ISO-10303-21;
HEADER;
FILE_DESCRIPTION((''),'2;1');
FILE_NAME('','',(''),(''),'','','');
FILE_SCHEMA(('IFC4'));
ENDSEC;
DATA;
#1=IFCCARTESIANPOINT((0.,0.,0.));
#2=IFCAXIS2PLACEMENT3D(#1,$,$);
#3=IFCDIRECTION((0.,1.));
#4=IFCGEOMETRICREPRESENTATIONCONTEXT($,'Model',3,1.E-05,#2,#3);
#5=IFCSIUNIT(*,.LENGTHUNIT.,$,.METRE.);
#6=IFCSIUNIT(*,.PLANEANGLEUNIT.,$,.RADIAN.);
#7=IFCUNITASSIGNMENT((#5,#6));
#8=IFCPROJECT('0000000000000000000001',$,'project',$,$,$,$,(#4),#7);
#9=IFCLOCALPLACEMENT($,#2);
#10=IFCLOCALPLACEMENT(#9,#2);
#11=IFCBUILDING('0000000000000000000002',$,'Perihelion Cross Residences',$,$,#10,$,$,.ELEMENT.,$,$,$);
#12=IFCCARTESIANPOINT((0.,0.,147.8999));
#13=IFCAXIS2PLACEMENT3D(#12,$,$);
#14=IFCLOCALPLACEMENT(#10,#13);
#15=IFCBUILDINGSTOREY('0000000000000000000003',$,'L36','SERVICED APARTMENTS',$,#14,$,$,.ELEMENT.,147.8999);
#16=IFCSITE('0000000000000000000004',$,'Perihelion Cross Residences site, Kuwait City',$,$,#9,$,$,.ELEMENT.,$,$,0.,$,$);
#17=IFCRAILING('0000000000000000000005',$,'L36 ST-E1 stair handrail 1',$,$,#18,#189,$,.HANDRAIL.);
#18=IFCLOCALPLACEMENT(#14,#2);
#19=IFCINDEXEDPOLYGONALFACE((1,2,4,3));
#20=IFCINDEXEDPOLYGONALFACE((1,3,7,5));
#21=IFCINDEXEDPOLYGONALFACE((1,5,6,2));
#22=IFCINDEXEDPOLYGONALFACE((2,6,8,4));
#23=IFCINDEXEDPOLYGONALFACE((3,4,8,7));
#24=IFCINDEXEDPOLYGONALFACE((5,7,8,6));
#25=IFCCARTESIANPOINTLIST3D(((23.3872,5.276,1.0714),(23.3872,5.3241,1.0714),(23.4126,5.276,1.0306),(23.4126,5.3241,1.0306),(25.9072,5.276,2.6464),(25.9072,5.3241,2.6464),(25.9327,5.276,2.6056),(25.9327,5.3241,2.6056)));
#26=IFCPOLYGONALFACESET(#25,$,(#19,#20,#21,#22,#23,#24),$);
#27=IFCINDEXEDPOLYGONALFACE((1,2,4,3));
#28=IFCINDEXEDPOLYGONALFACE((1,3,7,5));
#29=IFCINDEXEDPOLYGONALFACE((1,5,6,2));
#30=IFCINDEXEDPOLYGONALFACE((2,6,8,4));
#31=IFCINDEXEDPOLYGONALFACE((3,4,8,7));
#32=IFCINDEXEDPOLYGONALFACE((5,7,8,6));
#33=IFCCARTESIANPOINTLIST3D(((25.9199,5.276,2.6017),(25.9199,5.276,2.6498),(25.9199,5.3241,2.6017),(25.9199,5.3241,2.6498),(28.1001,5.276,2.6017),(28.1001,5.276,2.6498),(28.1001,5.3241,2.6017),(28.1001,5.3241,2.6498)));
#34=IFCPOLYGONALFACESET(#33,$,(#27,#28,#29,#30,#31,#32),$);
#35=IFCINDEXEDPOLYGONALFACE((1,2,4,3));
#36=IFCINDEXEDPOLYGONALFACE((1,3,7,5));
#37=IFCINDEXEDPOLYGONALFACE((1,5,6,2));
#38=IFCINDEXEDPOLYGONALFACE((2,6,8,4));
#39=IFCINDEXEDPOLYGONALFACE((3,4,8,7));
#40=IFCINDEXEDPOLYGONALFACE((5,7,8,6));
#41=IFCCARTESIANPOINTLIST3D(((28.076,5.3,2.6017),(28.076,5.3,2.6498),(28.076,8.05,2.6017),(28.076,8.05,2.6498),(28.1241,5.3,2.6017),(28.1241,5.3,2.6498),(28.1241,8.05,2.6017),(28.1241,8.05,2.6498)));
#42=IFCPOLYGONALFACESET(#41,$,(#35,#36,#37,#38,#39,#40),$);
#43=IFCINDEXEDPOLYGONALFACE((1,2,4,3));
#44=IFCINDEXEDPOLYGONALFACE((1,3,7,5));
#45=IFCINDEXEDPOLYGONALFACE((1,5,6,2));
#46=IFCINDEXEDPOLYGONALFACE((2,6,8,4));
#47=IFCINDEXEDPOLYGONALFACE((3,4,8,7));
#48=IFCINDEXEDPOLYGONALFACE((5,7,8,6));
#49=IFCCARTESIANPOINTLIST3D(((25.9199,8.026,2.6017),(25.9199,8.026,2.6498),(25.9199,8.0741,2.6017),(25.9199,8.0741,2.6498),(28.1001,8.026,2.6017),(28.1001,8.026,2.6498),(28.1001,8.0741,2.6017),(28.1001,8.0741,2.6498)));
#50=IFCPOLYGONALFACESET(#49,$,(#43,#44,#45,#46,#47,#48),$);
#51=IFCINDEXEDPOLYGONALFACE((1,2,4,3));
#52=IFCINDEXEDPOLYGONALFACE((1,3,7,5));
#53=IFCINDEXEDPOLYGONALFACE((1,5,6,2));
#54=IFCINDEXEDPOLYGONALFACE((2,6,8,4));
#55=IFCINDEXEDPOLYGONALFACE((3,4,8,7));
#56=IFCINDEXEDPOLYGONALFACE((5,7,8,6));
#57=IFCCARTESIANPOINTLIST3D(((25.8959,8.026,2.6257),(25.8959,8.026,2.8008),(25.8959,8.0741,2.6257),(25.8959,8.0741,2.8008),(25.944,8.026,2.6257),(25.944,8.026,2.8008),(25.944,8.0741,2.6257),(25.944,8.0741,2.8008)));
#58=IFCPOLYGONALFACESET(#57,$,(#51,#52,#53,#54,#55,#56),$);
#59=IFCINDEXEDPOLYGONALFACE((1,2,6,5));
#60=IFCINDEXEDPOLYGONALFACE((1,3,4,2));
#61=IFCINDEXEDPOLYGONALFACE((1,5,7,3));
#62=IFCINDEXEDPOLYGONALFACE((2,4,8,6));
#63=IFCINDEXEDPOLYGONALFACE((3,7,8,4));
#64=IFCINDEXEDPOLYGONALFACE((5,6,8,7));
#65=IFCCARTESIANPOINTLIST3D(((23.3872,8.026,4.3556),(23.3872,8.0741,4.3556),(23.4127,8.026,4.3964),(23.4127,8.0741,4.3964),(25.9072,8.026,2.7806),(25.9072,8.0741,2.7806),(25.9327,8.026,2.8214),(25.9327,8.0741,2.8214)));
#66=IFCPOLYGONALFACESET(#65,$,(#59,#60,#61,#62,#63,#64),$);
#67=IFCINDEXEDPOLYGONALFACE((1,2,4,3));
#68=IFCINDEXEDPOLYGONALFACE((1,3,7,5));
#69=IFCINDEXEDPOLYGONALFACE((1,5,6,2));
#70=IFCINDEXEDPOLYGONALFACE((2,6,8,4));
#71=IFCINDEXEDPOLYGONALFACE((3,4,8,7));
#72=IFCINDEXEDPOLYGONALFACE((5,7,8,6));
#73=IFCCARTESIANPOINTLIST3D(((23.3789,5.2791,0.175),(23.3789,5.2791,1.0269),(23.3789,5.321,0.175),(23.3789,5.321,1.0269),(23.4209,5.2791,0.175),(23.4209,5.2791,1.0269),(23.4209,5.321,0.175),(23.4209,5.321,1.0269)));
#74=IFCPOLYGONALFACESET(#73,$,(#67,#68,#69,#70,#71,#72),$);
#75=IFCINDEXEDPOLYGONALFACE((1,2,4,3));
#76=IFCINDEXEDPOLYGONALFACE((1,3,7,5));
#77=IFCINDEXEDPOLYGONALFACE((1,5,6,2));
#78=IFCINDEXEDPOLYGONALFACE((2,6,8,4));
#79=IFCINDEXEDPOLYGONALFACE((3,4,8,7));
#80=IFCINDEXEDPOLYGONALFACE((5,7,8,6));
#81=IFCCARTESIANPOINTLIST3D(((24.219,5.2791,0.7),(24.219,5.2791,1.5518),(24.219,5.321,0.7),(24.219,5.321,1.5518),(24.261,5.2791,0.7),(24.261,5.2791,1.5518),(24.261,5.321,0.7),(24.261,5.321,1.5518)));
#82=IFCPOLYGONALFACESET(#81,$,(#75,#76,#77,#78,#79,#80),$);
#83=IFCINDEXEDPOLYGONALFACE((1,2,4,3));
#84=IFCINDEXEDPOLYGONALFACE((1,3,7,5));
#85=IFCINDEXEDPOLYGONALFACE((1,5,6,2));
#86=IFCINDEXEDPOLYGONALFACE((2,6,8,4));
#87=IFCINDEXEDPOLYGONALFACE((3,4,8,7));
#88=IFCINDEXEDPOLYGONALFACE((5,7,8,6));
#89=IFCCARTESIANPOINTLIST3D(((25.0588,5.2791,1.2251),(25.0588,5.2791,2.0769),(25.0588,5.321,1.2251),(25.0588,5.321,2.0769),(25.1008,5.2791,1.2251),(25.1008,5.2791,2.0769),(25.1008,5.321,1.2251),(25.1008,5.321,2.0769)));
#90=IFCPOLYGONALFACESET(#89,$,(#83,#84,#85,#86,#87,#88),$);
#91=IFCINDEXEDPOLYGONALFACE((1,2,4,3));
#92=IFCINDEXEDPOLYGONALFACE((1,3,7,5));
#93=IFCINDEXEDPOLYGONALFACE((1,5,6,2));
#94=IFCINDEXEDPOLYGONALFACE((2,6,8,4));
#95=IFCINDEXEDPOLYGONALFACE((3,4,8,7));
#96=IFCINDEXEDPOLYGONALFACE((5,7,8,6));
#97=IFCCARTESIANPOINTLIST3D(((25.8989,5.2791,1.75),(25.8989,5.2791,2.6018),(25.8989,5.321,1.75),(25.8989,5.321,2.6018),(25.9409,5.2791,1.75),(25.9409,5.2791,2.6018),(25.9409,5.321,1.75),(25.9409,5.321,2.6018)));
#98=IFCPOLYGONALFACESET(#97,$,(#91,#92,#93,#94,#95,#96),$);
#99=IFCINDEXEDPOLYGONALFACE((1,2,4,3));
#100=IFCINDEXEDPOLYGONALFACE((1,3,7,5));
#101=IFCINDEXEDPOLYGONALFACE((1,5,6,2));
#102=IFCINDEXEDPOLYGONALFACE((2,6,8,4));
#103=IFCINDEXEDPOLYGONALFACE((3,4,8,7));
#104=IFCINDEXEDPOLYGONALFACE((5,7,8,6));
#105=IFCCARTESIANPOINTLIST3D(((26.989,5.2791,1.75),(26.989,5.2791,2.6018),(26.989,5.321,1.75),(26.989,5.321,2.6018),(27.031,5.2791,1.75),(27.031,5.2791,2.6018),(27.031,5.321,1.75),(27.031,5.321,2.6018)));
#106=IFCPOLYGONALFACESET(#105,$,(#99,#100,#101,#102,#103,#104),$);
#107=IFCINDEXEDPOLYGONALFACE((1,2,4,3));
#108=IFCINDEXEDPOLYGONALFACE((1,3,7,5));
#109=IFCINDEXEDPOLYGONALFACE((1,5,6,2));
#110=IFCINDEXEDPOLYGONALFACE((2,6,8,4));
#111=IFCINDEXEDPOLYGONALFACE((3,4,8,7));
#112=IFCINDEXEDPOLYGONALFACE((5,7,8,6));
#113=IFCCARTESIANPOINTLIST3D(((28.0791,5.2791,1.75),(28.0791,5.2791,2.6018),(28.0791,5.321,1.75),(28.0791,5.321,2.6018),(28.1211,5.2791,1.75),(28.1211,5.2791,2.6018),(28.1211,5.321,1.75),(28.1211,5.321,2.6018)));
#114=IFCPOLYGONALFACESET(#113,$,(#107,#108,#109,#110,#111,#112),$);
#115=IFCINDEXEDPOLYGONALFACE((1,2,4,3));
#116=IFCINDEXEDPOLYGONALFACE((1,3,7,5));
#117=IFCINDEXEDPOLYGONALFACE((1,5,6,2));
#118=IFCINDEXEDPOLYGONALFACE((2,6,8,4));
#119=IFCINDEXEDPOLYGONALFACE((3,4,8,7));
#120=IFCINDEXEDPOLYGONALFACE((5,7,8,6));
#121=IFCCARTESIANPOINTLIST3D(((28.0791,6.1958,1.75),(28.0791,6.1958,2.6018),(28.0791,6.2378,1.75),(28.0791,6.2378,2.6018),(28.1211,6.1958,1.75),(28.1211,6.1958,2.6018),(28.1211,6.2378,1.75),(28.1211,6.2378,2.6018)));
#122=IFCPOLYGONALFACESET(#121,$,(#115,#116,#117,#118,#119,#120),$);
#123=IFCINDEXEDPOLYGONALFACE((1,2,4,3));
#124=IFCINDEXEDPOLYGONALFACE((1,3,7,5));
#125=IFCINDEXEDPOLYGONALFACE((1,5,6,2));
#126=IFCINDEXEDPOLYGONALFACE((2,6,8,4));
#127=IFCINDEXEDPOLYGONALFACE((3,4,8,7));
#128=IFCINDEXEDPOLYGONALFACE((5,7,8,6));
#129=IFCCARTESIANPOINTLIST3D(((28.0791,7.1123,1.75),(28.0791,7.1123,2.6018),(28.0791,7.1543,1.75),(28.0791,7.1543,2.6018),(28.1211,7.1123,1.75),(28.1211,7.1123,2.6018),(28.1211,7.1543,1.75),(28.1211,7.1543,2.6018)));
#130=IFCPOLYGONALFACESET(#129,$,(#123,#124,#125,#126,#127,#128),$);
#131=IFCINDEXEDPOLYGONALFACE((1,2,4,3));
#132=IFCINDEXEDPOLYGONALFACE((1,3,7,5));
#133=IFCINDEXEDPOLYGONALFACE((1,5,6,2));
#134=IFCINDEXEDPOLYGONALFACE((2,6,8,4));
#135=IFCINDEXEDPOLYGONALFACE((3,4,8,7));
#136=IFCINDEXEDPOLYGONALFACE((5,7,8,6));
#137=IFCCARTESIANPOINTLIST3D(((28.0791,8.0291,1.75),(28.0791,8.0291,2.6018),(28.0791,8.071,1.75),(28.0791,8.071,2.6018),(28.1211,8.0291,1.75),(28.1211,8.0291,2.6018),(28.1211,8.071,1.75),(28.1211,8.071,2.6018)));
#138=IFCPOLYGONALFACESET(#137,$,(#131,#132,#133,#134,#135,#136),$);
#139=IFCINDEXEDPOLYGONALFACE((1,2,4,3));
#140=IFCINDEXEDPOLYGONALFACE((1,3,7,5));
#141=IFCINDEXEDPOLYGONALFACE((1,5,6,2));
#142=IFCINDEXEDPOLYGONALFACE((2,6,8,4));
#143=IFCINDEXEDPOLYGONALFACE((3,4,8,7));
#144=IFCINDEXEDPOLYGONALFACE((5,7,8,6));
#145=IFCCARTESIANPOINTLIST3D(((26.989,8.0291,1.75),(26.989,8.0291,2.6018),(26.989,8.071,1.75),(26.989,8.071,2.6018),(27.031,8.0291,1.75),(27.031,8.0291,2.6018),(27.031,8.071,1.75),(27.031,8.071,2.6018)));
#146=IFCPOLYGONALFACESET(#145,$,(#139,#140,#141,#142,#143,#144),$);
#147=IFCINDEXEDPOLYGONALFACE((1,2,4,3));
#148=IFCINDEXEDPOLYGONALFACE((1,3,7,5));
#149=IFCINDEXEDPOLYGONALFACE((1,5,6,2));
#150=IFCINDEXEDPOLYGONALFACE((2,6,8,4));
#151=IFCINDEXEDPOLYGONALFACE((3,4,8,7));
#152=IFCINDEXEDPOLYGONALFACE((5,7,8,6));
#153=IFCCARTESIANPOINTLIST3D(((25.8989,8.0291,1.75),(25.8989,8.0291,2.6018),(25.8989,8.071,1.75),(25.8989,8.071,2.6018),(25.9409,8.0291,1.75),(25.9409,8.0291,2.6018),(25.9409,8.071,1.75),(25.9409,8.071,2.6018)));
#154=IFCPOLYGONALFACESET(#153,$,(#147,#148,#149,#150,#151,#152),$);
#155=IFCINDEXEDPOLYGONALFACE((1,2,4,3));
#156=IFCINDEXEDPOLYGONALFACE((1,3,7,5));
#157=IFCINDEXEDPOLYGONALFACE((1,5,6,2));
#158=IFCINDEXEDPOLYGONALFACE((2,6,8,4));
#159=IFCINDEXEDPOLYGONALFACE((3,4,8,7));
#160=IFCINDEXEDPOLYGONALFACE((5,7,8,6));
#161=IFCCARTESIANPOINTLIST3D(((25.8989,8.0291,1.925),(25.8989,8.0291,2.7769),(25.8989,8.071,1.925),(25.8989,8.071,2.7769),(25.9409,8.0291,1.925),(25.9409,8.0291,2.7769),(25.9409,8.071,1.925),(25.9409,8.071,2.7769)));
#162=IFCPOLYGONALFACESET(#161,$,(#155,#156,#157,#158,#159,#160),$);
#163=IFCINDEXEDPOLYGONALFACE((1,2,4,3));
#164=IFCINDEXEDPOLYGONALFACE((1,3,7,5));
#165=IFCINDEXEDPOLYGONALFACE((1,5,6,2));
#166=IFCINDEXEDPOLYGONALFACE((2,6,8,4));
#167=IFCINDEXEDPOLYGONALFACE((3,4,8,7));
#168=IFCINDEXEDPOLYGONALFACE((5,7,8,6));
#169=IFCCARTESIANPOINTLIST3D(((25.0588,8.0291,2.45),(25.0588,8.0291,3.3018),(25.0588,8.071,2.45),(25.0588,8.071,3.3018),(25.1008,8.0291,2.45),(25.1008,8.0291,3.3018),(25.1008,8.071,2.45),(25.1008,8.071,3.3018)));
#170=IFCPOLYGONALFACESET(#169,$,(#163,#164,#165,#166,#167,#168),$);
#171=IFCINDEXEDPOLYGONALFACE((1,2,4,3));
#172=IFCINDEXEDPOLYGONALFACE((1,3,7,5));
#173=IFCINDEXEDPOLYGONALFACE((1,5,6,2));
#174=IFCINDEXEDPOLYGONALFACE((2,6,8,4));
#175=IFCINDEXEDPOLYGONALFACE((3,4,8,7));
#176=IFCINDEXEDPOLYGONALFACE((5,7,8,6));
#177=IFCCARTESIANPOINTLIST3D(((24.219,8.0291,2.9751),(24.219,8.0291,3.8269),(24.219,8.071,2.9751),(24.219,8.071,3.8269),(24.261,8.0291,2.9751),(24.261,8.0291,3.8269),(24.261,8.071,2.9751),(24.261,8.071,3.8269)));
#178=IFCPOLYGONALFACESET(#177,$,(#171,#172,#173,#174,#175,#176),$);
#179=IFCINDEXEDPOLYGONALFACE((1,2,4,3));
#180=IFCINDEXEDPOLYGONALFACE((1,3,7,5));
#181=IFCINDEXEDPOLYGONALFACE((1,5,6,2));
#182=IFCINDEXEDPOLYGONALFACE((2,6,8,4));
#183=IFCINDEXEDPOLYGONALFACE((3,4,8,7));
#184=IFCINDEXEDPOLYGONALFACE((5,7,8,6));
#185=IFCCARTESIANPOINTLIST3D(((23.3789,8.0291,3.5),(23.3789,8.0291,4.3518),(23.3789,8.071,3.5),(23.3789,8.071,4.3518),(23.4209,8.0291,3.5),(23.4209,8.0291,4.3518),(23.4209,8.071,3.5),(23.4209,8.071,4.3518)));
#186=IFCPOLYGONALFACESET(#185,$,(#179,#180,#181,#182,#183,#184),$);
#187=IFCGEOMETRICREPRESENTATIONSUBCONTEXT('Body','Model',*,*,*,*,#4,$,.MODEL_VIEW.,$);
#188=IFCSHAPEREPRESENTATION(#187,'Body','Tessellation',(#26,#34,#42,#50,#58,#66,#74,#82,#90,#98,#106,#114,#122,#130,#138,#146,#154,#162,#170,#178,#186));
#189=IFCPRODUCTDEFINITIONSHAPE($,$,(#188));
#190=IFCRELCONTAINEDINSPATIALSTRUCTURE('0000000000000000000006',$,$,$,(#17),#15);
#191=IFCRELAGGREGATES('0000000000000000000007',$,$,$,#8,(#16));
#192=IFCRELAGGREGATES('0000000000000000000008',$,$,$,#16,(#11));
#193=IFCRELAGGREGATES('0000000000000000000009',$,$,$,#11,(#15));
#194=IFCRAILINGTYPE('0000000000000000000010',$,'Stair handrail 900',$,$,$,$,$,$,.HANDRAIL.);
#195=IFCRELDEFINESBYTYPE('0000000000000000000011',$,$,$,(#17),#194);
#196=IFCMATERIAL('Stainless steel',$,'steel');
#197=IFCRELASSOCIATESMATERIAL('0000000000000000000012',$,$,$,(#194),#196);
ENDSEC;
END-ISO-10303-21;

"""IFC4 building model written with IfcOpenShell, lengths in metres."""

from ifc_helpers import new_model, si_unit, direction, frame, origin, origin_2d, place, context, subcontext, project, spatial, rectangle, extrude, material, type_object, element, save


model = new_model("IFC4")

# Units and contexts
model_context = context("Model", 3, precision=1e-05, world=origin(), true_north=direction((0.0, 1.0)))
body_context = subcontext(model_context, "Body", "Model", "MODEL_VIEW")
ifc_project = project(units=[si_unit("LENGTHUNIT", "METRE"), si_unit("PLANEANGLEUNIT", "RADIAN")], contexts=[model_context])

# Site, building, storey
site_placement = place(None, origin())
site = spatial("IfcSite", under=ifc_project, at=site_placement, Name="Perihelion Cross Residences site, Kuwait City", CompositionType="ELEMENT", RefElevation=0.0)
building_placement = place(site_placement, origin())
building = spatial("IfcBuilding", under=site, at=building_placement, Name="Perihelion Cross Residences", CompositionType="ELEMENT")
storey_placement = place(building_placement, frame((0.0, 0.0, 147.8999)))
storey = spatial("IfcBuildingStorey", under=building, at=storey_placement, Name="L36", Description="SERVICED APARTMENTS", CompositionType="ELEMENT", Elevation=147.8999)

# Railing
ifc_material_1 = material(Name="Stainless steel", Category="steel")
railing_type_1 = type_object("IfcRailingType", Name="Stair handrail 900", PredefinedType="HANDRAIL", material=ifc_material_1)
railing_1_placement = place(storey_placement, frame((23.3999, 5.3, 0.175)))
element("IfcRailing", 1, at=railing_1_placement, inside=storey, type_object=railing_type_1, Name="L36 ST-E1 stair handrail 1", PredefinedType="HANDRAIL", context=body_context, shape_type="SweptSolid", body=[
    extrude(rectangle(XDim=0.0481, YDim=0.0481, at=origin_2d()), frame((0.0, 0.0, 0.876), z_axis=(0.848008, 0.0, 0.529984), x_axis=(0.0, 1.0, 0.0)), (0.0, 0.0, 1.0), 2.9717),
    extrude(rectangle(XDim=0.0481, YDim=0.0481, at=origin_2d()), frame((2.52, 0.0, 2.4507), z_axis=(1.0, 0.0, 0.0), x_axis=(0.0, 1.0, 0.0)), (0.0, 0.0, 1.0), 2.1802),
    extrude(rectangle(XDim=0.0481, YDim=0.0481, at=origin_2d()), frame((4.7002, 0.0, 2.4507), z_axis=(0.0, 1.0, 0.0), x_axis=(-1.0, 0.0, 0.0)), (0.0, 0.0, 1.0), 2.75),
    extrude(rectangle(XDim=0.0481, YDim=0.0481, at=origin_2d()), frame((4.7002, 2.75, 2.4507), z_axis=(-1.0, 0.0, 0.0), x_axis=(0.0, -1.0, 0.0)), (0.0, 0.0, 1.0), 2.1802),
    extrude(rectangle(XDim=0.0481, YDim=0.0481, at=origin_2d()), frame((2.52, 2.75, 2.4507), z_axis=(0.0, 0.0, 1.0), x_axis=(1.0, 0.0, 0.0)), (0.0, 0.0, 1.0), 0.175),
    extrude(rectangle(XDim=0.0481, YDim=0.0481, at=origin_2d()), frame((2.52, 2.75, 2.626), z_axis=(-0.848008, 0.0, 0.529984), x_axis=(0.0, -1.0, 0.0)), (0.0, 0.0, 1.0), 2.9717),
    extrude(rectangle(XDim=0.042, YDim=0.042, at=origin_2d()), origin(), (0.0, 0.0, 1.0), 0.8518),
    extrude(rectangle(XDim=0.042, YDim=0.042, at=origin_2d()), frame((0.8401, 0.0, 0.5249)), (0.0, 0.0, 1.0), 0.8518),
    extrude(rectangle(XDim=0.042, YDim=0.042, at=origin_2d()), frame((1.6799, 0.0, 1.05)), (0.0, 0.0, 1.0), 0.8518),
    extrude(rectangle(XDim=0.042, YDim=0.042, at=origin_2d()), frame((2.52, 0.0, 1.575)), (0.0, 0.0, 1.0), 0.8518),
    extrude(rectangle(XDim=0.042, YDim=0.042, at=origin_2d()), frame((3.6101, 0.0, 1.575)), (0.0, 0.0, 1.0), 0.8518),
    extrude(rectangle(XDim=0.042, YDim=0.042, at=origin_2d()), frame((4.7002, 0.0, 1.575)), (0.0, 0.0, 1.0), 0.8518),
    extrude(rectangle(XDim=0.042, YDim=0.042, at=origin_2d()), frame((4.7002, 0.9167, 1.575)), (0.0, 0.0, 1.0), 0.8518),
    extrude(rectangle(XDim=0.042, YDim=0.042, at=origin_2d()), frame((4.7002, 1.8333, 1.575)), (0.0, 0.0, 1.0), 0.8518),
    extrude(rectangle(XDim=0.042, YDim=0.042, at=origin_2d()), frame((4.7002, 2.75, 1.575)), (0.0, 0.0, 1.0), 0.8518),
    extrude(rectangle(XDim=0.042, YDim=0.042, at=origin_2d()), frame((3.6101, 2.75, 1.575)), (0.0, 0.0, 1.0), 0.8518),
    extrude(rectangle(XDim=0.042, YDim=0.042, at=origin_2d()), frame((2.52, 2.75, 1.575)), (0.0, 0.0, 1.0), 0.8518),
    extrude(rectangle(XDim=0.042, YDim=0.042, at=origin_2d()), frame((2.52, 2.75, 1.75)), (0.0, 0.0, 1.0), 0.8518),
    extrude(rectangle(XDim=0.042, YDim=0.042, at=origin_2d()), frame((1.6799, 2.75, 2.2749)), (0.0, 0.0, 1.0), 0.8518),
    extrude(rectangle(XDim=0.042, YDim=0.042, at=origin_2d()), frame((0.8401, 2.75, 2.8)), (0.0, 0.0, 1.0), 0.8518),
    extrude(rectangle(XDim=0.042, YDim=0.042, at=origin_2d()), frame((0.0, 2.75, 3.325)), (0.0, 0.0, 1.0), 0.8518),
])

save(model, "model.ifc")
